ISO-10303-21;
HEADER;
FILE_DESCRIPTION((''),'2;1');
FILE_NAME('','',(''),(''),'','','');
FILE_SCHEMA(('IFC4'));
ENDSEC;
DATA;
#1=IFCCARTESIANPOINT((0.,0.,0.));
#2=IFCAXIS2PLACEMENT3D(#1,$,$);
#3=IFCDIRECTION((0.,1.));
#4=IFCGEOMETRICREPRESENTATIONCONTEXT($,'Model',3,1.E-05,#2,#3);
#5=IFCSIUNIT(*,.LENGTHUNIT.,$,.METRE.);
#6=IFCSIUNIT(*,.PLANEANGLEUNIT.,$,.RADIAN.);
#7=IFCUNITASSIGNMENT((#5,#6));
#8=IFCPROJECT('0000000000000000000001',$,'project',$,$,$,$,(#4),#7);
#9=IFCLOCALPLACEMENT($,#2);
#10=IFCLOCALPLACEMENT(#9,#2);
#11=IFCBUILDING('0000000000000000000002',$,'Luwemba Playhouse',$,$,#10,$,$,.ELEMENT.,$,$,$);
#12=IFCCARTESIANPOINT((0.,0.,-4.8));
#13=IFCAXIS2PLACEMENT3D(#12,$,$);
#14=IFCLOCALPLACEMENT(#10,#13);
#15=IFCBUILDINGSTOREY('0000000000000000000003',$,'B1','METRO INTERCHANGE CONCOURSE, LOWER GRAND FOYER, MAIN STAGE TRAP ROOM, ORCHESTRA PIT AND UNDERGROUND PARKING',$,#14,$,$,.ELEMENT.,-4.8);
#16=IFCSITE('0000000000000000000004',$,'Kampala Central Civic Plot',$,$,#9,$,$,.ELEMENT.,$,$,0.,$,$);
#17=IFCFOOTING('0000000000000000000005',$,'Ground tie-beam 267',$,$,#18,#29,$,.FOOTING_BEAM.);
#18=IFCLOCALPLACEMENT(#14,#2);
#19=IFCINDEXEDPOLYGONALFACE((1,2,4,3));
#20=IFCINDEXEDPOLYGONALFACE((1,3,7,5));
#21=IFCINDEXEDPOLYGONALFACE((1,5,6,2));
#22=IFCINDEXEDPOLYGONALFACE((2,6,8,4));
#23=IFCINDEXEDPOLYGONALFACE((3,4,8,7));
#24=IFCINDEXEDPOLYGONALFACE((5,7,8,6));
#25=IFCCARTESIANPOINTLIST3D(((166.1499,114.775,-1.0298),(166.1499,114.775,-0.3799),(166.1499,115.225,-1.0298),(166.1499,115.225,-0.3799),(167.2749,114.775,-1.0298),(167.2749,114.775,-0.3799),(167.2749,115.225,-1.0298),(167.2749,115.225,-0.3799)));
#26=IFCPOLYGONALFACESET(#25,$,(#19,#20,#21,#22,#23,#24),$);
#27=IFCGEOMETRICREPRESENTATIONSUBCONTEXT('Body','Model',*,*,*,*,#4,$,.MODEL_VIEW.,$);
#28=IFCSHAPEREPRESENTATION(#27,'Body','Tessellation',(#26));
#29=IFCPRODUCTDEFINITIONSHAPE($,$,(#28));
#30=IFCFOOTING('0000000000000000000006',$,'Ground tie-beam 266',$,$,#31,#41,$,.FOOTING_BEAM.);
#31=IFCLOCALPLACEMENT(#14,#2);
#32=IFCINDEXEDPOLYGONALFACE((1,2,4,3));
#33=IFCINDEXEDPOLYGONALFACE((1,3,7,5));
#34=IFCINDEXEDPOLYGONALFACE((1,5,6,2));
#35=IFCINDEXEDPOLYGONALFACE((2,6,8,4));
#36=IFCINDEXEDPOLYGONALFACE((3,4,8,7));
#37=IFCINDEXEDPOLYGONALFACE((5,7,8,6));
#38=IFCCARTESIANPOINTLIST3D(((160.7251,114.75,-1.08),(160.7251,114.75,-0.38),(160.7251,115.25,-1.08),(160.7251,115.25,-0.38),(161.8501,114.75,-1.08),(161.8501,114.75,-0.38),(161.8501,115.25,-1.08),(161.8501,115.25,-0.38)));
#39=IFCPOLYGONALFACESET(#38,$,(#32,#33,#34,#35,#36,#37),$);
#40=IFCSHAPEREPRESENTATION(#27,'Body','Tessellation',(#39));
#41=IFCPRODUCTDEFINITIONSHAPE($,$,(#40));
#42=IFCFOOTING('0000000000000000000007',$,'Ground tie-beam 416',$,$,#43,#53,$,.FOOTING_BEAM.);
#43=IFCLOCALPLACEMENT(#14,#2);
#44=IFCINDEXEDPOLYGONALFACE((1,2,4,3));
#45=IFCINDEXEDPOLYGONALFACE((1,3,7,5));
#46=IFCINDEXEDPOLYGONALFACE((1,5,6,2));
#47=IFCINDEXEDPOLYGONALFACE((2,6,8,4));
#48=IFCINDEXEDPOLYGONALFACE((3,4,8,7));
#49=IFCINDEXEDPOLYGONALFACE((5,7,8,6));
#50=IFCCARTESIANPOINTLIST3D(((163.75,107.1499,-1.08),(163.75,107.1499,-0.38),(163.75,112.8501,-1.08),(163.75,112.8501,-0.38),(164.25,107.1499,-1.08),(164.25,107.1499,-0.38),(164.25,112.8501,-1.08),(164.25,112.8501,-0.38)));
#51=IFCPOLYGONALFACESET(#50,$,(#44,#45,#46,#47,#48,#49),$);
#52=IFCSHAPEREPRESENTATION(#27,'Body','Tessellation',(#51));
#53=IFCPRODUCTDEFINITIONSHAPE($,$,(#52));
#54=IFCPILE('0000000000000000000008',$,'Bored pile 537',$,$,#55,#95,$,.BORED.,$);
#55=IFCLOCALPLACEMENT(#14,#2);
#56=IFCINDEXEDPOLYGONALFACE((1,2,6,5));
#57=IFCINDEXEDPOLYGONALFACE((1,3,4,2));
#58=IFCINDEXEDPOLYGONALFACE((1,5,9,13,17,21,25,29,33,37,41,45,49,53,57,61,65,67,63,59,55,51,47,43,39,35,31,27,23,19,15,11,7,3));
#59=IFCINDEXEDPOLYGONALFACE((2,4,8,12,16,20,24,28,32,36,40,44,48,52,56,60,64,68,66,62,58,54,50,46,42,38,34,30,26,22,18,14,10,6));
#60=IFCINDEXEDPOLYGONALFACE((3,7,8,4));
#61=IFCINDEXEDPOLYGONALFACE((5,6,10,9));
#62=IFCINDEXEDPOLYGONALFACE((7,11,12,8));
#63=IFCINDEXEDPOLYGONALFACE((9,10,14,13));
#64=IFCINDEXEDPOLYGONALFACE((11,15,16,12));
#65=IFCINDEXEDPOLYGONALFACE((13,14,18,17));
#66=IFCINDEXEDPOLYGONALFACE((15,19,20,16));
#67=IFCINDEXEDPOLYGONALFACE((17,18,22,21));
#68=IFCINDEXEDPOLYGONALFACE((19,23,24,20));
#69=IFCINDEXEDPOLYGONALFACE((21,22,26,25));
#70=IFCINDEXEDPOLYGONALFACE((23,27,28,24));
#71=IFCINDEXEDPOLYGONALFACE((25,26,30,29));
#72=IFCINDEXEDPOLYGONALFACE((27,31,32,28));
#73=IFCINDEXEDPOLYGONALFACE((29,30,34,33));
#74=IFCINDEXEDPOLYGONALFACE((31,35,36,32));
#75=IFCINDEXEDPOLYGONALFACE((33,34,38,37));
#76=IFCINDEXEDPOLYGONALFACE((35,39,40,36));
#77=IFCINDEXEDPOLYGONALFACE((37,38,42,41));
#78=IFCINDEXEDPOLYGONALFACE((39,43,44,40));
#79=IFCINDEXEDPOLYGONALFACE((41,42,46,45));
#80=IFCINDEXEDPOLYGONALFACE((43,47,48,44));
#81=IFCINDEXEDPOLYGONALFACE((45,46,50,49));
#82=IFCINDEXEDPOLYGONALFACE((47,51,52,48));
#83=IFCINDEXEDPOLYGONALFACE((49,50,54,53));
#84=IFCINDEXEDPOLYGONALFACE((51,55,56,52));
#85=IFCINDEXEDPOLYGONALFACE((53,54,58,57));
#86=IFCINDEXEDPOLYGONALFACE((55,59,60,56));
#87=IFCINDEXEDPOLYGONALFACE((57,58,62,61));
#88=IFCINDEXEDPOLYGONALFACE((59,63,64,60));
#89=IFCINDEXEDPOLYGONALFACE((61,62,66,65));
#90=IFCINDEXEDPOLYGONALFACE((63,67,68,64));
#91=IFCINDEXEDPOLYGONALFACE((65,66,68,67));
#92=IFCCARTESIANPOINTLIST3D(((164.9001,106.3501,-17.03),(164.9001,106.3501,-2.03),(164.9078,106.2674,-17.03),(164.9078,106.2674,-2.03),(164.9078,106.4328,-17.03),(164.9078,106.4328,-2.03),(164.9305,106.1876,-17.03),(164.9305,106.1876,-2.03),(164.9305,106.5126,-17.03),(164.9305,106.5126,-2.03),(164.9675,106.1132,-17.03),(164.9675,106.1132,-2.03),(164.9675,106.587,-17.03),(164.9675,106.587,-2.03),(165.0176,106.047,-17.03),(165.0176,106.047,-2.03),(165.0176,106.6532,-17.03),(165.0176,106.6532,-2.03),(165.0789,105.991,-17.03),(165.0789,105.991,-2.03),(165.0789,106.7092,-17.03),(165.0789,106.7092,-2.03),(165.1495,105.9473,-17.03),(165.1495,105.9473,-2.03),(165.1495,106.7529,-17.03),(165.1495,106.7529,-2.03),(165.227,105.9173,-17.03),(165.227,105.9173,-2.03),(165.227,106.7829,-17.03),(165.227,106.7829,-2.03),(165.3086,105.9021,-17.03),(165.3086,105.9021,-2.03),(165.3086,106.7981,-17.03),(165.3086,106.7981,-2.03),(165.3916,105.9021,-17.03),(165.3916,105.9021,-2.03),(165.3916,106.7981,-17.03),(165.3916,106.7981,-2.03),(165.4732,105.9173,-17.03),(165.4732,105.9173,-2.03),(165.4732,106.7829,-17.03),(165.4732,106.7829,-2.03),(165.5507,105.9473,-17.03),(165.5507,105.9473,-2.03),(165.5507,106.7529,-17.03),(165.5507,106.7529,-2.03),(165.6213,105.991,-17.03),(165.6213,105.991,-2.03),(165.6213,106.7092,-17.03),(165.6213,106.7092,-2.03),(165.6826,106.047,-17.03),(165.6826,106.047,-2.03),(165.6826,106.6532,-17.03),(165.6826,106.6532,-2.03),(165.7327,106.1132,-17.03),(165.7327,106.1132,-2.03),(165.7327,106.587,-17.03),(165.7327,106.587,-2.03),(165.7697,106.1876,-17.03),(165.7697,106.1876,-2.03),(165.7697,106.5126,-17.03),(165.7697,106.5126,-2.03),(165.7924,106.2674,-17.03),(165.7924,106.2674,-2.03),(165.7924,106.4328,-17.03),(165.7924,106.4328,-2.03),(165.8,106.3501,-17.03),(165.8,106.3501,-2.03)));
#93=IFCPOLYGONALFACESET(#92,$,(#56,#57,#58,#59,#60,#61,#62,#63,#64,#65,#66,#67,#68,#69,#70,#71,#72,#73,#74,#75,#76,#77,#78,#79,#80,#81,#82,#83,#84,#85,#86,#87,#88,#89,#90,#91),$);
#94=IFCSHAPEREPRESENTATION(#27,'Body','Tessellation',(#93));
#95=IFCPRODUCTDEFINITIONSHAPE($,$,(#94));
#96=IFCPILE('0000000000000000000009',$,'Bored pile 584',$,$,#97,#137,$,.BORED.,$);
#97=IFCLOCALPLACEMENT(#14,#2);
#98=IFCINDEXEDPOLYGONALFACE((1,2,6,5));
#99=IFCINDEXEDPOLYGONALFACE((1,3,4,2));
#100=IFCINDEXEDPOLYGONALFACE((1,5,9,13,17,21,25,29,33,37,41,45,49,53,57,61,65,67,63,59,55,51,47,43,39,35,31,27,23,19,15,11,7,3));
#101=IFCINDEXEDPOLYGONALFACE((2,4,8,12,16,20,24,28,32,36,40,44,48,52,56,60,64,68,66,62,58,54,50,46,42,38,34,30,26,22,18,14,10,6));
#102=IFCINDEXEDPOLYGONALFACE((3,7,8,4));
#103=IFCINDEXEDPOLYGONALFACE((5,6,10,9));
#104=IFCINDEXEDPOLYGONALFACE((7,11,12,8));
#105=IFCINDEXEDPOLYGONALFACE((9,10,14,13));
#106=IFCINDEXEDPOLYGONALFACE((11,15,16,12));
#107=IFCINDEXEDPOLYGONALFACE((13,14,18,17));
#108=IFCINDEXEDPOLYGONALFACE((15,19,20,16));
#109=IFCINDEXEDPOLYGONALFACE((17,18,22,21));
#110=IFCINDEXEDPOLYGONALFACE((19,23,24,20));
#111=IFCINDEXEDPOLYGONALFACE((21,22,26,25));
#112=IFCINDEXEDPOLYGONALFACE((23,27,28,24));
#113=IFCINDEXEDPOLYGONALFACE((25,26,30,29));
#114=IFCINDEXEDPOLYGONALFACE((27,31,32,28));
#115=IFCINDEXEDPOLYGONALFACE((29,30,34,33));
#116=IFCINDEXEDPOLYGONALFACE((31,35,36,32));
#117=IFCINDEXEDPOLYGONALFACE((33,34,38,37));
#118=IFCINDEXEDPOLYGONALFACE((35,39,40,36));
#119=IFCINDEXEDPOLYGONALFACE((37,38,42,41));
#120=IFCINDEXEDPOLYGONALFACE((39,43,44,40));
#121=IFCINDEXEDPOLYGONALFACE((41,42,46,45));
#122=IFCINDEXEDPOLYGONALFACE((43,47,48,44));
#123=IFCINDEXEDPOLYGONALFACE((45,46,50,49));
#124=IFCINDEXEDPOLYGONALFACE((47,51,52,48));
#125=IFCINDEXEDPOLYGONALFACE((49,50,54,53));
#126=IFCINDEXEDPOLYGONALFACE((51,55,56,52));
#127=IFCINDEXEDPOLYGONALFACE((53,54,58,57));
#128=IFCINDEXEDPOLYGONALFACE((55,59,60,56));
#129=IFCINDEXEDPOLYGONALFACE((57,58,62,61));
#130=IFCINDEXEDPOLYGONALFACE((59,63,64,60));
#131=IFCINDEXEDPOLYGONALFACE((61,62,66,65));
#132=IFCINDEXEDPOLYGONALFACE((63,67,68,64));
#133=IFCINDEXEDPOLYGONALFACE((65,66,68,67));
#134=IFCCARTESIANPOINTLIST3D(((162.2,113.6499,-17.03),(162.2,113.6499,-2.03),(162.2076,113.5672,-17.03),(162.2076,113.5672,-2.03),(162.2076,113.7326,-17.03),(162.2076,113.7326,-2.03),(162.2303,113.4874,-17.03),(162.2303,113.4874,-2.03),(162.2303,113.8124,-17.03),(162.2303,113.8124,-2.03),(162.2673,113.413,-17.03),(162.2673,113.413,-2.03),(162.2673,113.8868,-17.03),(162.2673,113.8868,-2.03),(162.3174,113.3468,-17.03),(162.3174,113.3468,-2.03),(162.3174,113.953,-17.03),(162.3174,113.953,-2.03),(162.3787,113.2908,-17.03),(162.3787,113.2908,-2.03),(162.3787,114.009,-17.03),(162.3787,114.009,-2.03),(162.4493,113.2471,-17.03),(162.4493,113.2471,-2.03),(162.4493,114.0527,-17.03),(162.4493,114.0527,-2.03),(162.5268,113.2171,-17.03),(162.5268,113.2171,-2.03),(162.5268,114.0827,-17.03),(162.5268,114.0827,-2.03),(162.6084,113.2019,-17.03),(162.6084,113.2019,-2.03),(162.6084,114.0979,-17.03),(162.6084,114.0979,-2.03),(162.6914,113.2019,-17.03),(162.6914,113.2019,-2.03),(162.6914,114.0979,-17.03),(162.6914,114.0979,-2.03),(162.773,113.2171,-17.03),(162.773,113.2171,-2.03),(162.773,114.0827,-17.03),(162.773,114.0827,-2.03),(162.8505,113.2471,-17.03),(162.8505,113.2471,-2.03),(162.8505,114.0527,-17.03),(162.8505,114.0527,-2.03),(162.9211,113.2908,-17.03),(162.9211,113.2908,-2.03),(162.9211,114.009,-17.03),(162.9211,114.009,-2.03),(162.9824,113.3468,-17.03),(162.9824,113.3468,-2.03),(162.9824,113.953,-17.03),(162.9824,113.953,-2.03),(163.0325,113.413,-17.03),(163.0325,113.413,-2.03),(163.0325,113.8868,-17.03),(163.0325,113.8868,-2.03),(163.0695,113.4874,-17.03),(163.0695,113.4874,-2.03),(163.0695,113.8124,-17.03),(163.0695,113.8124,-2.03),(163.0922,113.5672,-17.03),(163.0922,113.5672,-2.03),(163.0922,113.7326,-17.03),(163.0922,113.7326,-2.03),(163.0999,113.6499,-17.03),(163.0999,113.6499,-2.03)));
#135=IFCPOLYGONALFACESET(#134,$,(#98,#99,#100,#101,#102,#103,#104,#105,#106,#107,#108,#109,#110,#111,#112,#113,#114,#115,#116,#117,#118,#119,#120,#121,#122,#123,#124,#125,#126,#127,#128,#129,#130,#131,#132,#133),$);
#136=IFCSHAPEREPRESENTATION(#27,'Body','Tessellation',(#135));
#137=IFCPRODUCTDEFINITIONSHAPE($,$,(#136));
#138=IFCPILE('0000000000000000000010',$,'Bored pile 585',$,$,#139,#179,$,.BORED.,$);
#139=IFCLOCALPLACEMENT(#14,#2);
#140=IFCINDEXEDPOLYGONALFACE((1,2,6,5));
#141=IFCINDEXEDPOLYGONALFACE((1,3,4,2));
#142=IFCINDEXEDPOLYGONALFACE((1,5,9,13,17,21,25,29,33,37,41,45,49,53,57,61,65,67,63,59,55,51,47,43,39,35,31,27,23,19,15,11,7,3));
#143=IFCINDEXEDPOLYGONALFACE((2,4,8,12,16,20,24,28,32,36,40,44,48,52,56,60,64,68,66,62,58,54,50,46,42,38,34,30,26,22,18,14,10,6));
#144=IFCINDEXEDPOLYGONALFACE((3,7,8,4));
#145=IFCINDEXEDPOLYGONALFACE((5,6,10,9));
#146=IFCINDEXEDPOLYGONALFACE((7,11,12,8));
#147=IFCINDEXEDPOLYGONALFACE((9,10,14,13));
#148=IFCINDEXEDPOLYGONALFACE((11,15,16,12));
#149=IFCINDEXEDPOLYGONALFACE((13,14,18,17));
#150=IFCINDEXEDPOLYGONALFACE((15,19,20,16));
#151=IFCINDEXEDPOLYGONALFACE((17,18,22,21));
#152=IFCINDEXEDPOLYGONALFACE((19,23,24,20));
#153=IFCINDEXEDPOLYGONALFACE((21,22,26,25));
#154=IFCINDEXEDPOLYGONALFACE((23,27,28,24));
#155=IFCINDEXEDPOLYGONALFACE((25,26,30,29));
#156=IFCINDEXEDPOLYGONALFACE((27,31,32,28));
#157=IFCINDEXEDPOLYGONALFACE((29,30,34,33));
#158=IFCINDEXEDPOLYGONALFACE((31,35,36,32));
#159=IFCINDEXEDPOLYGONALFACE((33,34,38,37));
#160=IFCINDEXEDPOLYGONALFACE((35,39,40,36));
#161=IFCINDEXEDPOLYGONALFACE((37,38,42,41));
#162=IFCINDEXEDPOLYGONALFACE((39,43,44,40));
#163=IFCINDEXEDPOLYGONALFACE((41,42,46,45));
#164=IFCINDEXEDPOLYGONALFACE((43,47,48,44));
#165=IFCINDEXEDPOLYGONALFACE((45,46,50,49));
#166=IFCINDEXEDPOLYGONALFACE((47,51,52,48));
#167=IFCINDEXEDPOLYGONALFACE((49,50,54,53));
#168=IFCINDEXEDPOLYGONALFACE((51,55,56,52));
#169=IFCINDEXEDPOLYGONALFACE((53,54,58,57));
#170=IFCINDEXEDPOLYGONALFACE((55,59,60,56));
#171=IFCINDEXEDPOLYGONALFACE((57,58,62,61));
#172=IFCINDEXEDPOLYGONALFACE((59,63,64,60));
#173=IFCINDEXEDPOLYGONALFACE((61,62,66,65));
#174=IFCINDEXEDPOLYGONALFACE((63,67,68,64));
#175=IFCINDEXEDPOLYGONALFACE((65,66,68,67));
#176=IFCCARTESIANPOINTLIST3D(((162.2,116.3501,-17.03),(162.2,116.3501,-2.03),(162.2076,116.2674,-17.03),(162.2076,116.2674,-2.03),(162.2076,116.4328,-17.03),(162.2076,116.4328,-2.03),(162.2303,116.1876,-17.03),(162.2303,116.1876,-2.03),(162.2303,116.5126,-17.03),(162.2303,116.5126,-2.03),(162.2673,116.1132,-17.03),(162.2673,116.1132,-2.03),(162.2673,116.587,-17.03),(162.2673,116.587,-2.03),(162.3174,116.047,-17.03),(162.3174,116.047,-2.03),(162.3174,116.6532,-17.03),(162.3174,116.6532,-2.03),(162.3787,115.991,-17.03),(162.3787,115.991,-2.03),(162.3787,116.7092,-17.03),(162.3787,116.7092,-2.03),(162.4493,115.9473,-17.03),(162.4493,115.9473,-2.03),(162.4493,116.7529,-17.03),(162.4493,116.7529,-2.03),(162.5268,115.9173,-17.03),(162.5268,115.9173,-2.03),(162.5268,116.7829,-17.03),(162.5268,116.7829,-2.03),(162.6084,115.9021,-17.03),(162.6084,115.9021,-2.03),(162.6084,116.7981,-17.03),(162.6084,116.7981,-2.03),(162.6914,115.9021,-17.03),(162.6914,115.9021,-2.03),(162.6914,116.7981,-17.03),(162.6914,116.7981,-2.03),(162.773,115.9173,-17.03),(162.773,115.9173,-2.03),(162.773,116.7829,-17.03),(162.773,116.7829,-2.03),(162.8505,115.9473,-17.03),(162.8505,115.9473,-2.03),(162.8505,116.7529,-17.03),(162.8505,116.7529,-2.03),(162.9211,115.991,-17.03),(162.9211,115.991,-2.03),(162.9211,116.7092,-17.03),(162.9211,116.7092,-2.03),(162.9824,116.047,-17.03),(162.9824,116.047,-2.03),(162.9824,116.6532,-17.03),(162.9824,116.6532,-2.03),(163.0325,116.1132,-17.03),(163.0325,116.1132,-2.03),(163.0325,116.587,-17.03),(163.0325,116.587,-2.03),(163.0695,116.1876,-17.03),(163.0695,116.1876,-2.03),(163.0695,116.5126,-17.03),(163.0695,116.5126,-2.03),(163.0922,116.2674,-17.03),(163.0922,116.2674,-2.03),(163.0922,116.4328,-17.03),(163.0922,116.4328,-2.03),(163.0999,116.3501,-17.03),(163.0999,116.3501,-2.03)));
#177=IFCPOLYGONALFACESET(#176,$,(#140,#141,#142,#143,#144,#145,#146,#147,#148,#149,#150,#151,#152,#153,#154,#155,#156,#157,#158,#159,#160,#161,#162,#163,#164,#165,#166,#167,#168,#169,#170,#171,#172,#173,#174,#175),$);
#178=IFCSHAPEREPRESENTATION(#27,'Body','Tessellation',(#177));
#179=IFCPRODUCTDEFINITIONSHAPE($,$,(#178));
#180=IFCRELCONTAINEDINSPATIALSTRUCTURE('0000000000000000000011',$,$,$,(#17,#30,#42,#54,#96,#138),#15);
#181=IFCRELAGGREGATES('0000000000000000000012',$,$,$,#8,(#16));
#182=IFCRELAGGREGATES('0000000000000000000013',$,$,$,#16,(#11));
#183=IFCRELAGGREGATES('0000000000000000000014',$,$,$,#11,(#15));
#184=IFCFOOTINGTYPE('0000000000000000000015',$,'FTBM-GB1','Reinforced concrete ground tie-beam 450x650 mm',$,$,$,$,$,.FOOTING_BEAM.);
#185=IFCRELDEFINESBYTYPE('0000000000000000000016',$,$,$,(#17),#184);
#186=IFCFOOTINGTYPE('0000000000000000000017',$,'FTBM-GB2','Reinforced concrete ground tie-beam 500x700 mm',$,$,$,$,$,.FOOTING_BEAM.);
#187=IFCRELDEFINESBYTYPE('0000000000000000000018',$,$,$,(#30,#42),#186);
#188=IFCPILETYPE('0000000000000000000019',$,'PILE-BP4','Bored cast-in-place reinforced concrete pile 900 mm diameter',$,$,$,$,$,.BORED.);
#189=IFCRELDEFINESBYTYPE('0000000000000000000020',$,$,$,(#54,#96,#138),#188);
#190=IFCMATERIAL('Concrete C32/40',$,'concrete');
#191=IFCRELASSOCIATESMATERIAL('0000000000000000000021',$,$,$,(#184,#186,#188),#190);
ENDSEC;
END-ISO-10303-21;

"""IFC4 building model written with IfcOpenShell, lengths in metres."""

from ifc_helpers import new_model, si_unit, direction, frame, origin, origin_2d, place, context, subcontext, project, spatial, rectangle, circle, extrude, material, material_profile, profile_set, type_object, element, save


model = new_model("IFC4")

# Units and contexts
model_context = context("Model", 3, precision=1e-05, world=origin(), true_north=direction((0.0, 1.0)))
body_context = subcontext(model_context, "Body", "Model", "MODEL_VIEW")
ifc_project = project(units=[si_unit("LENGTHUNIT", "METRE"), si_unit("PLANEANGLEUNIT", "RADIAN")], contexts=[model_context])

# Site, building, storey
site_placement = place(None, origin())
site = spatial("IfcSite", under=ifc_project, at=site_placement, Name="Kampala Central Civic Plot", CompositionType="ELEMENT", RefElevation=0.0)
building_placement = place(site_placement, origin())
building = spatial("IfcBuilding", under=site, at=building_placement, Name="Luwemba Playhouse", CompositionType="ELEMENT")
storey_placement = place(building_placement, frame((0.0, 0.0, -4.8)))
storey = spatial("IfcBuildingStorey", under=building, at=storey_placement, Name="B1", Description="METRO INTERCHANGE CONCOURSE, LOWER GRAND FOYER, MAIN STAGE TRAP ROOM, ORCHESTRA PIT AND UNDERGROUND PARKING", CompositionType="ELEMENT", Elevation=-4.8)

# Footings
ifc_material_1 = material(Name="Concrete C32/40", Category="concrete")
ifc_material_profile_1 = material_profile(ifc_material_1, rectangle(XDim=0.45, YDim=0.6499, at=origin_2d()))
ifc_profile_set_1 = profile_set([ifc_material_profile_1], Name="Concrete C32/40")
footing_type_1 = type_object("IfcFootingType", Name="FTBM-GB1", Description="Reinforced concrete ground tie-beam 450x650 mm", PredefinedType="FOOTING_BEAM", material=ifc_profile_set_1)
footing_1_placement = place(storey_placement, frame((166.1499, 115.0, -0.7048), z_axis=(1.0, 0.0, 0.0), x_axis=(0.0, 1.0, 0.0)))
element("IfcFooting", 1, at=footing_1_placement, inside=storey, type_object=footing_type_1, Name="Ground tie-beam 267", PredefinedType="FOOTING_BEAM", context=body_context, shape_type="SweptSolid", body=[
    extrude(rectangle(XDim=0.45, YDim=0.6499, at=origin_2d()), origin(), (0.0, 0.0, 1.0), 1.125),
])
ifc_material_profile_2 = material_profile(ifc_material_1, rectangle(XDim=0.5, YDim=0.7, at=origin_2d()))
ifc_profile_set_2 = profile_set([ifc_material_profile_2], Name="Concrete C32/40")
footing_type_2 = type_object("IfcFootingType", Name="FTBM-GB2", Description="Reinforced concrete ground tie-beam 500x700 mm", PredefinedType="FOOTING_BEAM", material=ifc_profile_set_2)
footing_2_placement = place(storey_placement, frame((160.7251, 115.0, -0.73), z_axis=(1.0, 0.0, 0.0), x_axis=(0.0, 1.0, 0.0)))
element("IfcFooting", 2, at=footing_2_placement, inside=storey, type_object=footing_type_2, Name="Ground tie-beam 266", PredefinedType="FOOTING_BEAM", context=body_context, shape_type="SweptSolid", body=[
    extrude(rectangle(XDim=0.5, YDim=0.7, at=origin_2d()), origin(), (0.0, 0.0, 1.0), 1.125),
])
footing_3_placement = place(storey_placement, frame((164.0, 107.1499, -0.73), z_axis=(0.0, 1.0, 0.0), x_axis=(-1.0, 0.0, 0.0)))
element("IfcFooting", 3, at=footing_3_placement, inside=storey, type_object=footing_type_2, Name="Ground tie-beam 416", PredefinedType="FOOTING_BEAM", context=body_context, shape_type="SweptSolid", body=[
    extrude(rectangle(XDim=0.5, YDim=0.7, at=origin_2d()), origin(), (0.0, 0.0, 1.0), 5.7002),
])

# Piles
ifc_material_profile_3 = material_profile(ifc_material_1, circle(Radius=0.45, at=origin_2d()))
ifc_profile_set_3 = profile_set([ifc_material_profile_3], Name="Concrete C32/40")
pile_type = type_object("IfcPileType", Name="PILE-BP4", Description="Bored cast-in-place reinforced concrete pile 900 mm diameter", PredefinedType="BORED", material=ifc_profile_set_3)
for number, where, z_axis, x_axis, name in (
    (4, (165.3501, 106.3501, -2.03), (0.0, 0.0, -1.0), (1.0, 0.0, 0.0), "Bored pile 537"),
    (5, (162.6499, 113.6499, -2.03), (0.0, 0.0, -1.0), (1.0, 0.0, 0.0), "Bored pile 584"),
    (6, (162.6499, 116.3501, -2.03), (0.0, 0.0, -1.0), (1.0, 0.0, 0.0), "Bored pile 585"),
):
    element("IfcPile", number, at=place(storey_placement, frame(where, z_axis=z_axis, x_axis=x_axis)), inside=storey, type_object=pile_type, Name=name, PredefinedType="BORED", context=body_context, shape_type="SweptSolid", body=[
        extrude(circle(Radius=0.45, at=origin_2d()), origin(), (0.0, 0.0, 1.0), 15.0),
    ])

save(model, "model.ifc")
